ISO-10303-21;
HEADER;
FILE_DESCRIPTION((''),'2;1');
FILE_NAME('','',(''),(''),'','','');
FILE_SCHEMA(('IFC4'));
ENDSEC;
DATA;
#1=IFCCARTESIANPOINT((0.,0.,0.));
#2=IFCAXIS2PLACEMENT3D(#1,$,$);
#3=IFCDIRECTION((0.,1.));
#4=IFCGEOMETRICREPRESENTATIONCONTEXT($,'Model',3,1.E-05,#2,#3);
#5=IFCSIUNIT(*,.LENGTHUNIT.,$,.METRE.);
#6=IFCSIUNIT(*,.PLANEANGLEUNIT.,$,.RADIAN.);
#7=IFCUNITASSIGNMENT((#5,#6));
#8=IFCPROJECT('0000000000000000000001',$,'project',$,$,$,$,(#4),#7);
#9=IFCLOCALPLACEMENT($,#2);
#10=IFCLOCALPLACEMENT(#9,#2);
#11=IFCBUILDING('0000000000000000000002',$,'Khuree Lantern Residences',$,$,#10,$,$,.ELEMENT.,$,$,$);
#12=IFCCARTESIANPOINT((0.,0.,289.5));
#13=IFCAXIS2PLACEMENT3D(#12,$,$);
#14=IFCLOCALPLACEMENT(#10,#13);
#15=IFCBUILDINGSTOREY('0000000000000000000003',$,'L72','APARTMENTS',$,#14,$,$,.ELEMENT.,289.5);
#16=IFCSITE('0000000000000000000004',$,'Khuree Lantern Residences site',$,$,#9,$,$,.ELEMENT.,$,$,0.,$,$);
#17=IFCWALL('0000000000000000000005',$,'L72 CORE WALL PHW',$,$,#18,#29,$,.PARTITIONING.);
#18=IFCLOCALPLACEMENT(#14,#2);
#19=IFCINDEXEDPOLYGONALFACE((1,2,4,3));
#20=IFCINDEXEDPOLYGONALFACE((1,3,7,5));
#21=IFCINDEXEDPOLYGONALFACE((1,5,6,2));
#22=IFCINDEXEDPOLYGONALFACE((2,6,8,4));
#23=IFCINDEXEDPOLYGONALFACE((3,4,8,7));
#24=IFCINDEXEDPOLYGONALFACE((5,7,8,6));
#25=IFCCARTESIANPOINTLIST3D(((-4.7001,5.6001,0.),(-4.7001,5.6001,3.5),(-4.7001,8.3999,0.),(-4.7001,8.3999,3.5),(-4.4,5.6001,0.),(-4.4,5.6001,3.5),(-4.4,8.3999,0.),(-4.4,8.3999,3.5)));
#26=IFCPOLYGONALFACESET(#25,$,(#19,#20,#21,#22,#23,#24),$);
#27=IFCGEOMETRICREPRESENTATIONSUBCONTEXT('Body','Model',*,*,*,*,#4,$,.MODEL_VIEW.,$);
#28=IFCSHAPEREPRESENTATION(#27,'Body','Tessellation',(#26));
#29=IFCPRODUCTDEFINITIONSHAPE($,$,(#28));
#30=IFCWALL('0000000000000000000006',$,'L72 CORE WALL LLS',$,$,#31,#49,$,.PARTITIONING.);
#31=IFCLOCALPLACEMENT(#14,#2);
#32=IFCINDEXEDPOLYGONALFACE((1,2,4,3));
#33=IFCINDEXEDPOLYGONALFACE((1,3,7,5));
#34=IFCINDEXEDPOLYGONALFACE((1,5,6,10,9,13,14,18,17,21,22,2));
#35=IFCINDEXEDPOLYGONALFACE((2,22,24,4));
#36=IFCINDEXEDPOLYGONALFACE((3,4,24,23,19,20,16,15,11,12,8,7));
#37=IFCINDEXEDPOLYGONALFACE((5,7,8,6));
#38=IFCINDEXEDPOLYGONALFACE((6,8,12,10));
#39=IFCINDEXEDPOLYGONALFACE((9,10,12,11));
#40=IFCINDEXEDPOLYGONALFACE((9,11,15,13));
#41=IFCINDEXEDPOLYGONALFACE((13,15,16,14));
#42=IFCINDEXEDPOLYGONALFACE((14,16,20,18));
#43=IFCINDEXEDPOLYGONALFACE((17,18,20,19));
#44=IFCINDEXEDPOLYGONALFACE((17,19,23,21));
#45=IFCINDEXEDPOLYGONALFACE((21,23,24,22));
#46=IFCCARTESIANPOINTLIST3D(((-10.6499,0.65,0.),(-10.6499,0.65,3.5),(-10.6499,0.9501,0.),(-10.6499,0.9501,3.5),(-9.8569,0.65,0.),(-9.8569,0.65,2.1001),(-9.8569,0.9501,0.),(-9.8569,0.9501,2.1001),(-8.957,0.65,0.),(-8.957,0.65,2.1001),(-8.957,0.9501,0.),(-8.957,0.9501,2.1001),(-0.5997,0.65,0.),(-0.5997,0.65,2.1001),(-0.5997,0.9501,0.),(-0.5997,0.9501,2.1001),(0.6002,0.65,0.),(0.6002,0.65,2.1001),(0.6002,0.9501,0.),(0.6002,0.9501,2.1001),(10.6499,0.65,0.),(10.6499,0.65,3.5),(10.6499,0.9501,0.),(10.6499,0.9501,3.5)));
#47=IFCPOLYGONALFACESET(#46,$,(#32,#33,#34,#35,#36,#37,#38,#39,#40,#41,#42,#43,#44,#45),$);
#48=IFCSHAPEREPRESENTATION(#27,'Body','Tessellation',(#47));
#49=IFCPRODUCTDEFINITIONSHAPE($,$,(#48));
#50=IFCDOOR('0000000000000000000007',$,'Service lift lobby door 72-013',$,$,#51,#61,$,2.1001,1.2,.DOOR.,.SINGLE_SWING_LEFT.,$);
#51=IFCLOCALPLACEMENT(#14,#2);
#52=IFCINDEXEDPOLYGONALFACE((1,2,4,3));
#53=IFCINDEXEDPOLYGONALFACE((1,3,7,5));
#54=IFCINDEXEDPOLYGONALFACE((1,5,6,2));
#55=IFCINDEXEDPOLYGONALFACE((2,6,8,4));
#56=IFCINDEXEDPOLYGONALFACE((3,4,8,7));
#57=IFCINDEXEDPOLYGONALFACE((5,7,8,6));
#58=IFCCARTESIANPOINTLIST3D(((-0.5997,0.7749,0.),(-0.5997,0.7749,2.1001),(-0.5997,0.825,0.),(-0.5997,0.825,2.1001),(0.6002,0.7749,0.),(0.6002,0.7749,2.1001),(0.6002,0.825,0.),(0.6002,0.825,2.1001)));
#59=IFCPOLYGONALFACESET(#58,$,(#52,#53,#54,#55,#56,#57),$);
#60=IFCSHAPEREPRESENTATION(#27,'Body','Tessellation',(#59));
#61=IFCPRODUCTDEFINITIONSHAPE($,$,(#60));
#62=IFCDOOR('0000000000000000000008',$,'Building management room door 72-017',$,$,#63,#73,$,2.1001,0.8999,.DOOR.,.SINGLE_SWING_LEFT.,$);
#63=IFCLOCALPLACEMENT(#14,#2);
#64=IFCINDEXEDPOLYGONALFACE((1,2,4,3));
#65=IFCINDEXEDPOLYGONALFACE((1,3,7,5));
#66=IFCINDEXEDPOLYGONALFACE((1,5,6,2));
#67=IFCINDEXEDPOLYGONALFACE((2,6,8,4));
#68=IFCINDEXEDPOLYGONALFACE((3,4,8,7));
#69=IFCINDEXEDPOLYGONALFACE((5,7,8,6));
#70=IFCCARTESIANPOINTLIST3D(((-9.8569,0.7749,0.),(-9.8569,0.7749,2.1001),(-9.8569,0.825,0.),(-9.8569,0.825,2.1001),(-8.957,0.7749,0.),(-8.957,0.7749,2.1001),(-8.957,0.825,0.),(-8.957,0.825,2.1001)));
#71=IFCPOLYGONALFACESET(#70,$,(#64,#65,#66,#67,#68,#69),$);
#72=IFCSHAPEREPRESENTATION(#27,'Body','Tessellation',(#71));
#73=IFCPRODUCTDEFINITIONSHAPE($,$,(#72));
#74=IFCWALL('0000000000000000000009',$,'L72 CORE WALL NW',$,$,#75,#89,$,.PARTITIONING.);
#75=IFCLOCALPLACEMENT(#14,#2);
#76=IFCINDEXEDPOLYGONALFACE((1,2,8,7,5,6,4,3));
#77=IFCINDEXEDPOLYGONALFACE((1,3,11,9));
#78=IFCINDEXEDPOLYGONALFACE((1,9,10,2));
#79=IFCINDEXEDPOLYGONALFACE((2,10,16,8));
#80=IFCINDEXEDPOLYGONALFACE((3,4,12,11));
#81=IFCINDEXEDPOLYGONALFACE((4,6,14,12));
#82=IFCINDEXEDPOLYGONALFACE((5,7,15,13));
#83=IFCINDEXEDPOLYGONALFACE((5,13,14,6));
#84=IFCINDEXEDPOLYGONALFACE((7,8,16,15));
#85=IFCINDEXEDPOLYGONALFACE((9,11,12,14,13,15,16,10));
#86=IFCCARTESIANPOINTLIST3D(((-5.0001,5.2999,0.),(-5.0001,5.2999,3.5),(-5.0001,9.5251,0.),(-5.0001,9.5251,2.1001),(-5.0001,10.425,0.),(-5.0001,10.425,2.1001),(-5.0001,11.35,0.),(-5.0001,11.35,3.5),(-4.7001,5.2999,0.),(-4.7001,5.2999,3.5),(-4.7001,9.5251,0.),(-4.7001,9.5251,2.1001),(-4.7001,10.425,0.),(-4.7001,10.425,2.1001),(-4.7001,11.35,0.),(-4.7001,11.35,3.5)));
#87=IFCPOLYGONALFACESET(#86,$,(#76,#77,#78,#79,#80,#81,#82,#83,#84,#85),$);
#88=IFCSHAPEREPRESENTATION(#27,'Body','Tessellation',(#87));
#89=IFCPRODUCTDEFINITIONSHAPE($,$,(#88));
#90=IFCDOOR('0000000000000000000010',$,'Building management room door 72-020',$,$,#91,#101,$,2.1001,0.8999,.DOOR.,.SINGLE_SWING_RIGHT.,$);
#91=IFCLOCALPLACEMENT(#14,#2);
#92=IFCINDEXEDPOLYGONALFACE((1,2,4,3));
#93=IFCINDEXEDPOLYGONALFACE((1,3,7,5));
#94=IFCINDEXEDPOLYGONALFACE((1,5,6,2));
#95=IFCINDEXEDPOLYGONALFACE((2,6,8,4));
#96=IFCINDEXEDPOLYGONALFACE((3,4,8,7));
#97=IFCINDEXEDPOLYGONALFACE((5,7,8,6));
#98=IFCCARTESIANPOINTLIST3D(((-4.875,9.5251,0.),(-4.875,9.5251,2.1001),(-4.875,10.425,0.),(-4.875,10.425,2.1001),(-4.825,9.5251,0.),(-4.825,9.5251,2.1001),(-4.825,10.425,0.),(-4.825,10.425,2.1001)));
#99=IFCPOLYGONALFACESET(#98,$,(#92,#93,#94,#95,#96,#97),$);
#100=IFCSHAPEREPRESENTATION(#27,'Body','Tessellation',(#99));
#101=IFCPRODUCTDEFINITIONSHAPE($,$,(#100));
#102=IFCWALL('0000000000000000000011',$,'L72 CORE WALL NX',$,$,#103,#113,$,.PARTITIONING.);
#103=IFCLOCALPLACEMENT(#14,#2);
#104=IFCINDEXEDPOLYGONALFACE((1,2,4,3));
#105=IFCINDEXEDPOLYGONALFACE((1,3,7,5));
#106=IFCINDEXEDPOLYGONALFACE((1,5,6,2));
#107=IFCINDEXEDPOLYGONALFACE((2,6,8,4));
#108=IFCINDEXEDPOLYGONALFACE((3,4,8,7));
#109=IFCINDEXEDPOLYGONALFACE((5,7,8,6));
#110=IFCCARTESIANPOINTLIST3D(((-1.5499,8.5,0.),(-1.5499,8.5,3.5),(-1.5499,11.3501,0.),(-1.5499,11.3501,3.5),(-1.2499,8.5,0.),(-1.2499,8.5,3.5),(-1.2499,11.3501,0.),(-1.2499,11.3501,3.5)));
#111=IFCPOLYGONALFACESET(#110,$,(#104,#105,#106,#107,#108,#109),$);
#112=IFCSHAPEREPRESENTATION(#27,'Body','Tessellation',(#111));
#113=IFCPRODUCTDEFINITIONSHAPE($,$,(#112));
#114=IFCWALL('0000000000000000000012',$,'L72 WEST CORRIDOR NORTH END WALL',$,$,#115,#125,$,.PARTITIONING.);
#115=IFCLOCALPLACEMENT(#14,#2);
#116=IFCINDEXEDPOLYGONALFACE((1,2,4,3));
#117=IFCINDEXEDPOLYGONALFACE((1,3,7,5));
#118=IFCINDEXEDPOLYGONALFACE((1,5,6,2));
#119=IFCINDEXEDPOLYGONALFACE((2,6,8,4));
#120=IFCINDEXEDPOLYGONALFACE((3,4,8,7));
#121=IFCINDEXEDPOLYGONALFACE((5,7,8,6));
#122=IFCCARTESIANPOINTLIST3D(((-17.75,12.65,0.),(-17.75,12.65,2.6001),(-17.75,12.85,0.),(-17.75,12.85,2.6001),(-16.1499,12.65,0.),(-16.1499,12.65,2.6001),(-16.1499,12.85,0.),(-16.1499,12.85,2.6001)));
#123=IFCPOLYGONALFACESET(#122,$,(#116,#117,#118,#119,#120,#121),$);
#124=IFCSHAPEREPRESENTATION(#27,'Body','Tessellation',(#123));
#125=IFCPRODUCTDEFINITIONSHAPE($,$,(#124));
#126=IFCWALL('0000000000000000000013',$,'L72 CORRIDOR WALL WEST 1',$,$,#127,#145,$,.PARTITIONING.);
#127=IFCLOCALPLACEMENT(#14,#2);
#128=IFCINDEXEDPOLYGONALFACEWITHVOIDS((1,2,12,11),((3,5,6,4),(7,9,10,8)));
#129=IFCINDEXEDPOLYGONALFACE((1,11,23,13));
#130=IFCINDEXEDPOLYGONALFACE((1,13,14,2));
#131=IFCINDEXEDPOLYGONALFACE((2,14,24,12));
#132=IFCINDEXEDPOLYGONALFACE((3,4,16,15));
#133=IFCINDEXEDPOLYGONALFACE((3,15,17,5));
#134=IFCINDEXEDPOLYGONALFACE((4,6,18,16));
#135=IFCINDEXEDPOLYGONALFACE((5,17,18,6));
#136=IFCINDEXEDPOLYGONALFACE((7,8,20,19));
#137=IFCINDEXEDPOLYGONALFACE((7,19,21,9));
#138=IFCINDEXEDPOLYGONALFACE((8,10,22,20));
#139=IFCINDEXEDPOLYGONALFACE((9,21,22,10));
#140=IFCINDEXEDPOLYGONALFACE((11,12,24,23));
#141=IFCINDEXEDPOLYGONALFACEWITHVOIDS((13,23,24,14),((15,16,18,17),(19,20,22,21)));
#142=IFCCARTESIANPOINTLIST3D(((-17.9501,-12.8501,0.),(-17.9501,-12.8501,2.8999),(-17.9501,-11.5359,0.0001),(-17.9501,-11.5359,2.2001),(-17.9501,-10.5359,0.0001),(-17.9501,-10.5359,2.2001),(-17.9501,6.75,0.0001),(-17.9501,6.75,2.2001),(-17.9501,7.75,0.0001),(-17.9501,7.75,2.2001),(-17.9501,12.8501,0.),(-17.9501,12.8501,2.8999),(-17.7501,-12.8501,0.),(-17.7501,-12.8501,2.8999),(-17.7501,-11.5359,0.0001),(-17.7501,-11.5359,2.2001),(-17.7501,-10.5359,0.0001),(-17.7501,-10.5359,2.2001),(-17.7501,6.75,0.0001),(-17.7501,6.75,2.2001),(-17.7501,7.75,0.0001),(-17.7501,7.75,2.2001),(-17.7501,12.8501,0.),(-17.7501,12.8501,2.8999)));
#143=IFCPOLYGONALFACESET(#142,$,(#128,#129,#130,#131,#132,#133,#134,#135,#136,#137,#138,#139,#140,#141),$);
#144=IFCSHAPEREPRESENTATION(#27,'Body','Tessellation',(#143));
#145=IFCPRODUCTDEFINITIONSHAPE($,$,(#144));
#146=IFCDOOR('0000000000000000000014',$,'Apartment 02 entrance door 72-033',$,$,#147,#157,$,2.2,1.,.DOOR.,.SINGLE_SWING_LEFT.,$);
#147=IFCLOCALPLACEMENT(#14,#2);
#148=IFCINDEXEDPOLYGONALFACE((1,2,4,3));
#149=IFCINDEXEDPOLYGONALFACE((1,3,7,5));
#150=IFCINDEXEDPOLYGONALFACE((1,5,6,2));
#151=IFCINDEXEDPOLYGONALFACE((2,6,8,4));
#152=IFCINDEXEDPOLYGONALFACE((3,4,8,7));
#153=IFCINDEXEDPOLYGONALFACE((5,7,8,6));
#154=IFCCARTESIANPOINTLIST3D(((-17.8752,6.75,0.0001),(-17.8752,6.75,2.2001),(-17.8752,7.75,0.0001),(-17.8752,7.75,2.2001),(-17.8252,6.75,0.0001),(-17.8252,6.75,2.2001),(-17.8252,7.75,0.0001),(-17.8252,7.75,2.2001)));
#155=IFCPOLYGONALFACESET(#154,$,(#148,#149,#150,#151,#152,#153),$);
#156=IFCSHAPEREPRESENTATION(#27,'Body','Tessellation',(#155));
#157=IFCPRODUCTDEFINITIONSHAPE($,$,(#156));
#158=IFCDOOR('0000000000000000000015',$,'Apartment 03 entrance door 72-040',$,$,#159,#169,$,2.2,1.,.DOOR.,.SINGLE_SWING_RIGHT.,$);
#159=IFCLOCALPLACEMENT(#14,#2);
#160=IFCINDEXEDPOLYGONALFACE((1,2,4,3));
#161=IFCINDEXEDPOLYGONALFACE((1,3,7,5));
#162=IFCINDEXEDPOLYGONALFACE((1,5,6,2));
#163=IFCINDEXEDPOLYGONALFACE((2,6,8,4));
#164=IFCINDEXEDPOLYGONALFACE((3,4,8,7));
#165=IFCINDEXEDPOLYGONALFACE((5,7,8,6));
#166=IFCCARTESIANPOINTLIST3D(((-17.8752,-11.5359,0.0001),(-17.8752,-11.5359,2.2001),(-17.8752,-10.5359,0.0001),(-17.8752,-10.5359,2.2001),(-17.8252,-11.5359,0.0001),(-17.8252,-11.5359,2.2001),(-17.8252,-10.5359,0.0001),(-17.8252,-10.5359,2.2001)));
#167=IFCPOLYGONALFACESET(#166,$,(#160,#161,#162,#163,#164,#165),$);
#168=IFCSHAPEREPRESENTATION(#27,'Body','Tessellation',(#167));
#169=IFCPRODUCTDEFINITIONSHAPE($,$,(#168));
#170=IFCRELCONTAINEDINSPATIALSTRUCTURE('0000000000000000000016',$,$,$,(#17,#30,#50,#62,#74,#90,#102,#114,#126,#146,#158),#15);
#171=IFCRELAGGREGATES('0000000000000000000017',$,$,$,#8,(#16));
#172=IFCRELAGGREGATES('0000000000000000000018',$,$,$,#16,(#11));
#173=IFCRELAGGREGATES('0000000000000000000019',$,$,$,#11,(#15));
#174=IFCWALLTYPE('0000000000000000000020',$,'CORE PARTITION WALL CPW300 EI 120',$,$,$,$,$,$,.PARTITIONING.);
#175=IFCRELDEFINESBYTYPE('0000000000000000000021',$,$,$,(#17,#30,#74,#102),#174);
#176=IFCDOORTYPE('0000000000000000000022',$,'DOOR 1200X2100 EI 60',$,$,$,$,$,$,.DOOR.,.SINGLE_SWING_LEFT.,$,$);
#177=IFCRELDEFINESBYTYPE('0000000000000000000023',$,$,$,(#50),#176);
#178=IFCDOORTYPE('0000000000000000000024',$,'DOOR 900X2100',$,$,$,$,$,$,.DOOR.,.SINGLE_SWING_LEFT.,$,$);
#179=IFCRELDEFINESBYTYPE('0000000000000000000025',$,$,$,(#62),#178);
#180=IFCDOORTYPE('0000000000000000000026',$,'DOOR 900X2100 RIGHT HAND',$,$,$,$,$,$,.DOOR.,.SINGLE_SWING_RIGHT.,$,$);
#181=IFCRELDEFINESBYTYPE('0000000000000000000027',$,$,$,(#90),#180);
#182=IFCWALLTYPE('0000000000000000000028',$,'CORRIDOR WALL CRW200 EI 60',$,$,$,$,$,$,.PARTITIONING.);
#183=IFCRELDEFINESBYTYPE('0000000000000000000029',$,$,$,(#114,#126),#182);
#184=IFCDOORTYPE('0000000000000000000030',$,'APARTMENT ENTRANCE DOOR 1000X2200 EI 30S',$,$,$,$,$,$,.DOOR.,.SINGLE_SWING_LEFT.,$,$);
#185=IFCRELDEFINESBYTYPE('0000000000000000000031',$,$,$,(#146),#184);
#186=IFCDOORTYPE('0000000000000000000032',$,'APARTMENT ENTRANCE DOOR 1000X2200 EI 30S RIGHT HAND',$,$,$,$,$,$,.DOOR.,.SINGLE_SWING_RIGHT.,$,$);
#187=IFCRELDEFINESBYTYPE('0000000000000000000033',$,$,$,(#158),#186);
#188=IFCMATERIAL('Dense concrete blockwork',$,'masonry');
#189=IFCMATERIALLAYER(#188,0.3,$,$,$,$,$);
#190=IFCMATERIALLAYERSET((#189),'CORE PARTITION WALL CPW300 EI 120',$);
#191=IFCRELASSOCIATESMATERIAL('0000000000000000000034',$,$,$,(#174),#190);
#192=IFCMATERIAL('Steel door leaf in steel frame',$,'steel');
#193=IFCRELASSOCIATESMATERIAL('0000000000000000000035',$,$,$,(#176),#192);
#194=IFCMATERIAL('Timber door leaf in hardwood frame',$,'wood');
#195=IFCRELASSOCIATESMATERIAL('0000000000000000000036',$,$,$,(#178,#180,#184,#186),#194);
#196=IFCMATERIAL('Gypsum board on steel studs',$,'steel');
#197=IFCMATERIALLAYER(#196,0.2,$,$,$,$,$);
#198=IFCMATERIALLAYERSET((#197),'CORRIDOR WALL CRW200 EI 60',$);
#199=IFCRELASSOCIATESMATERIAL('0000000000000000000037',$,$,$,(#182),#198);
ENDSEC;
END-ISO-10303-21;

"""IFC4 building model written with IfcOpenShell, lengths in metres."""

from ifc_helpers import new_model, si_unit, direction, frame, frame_2d, origin, place, context, subcontext, project, spatial, rectangle, extrude, material, layer, layer_set, type_object, element, fill, save


model = new_model("IFC4")

# Units and contexts
model_context = context("Model", 3, precision=1e-05, world=origin(), true_north=direction((0.0, 1.0)))
body_context = subcontext(model_context, "Body", "Model", "MODEL_VIEW")
ifc_project = project(units=[si_unit("LENGTHUNIT", "METRE"), si_unit("PLANEANGLEUNIT", "RADIAN")], contexts=[model_context])

# Site, building, storey
site_placement = place(None, origin())
site = spatial("IfcSite", under=ifc_project, at=site_placement, Name="Khuree Lantern Residences site", CompositionType="ELEMENT", RefElevation=0.0)
building_placement = place(site_placement, origin())
building = spatial("IfcBuilding", under=site, at=building_placement, Name="Khuree Lantern Residences", CompositionType="ELEMENT")
storey_placement = place(building_placement, frame((0.0, 0.0, 289.5)))
storey = spatial("IfcBuildingStorey", under=building, at=storey_placement, Name="L72", Description="APARTMENTS", CompositionType="ELEMENT", Elevation=289.5)

# Shared definitions
ifc_material_1 = material(Name="Dense concrete blockwork", Category="masonry")
ifc_layer_1 = layer(ifc_material_1, 0.3)
ifc_layer_set_1 = layer_set([ifc_layer_1], Name="CORE PARTITION WALL CPW300 EI 120")
wall_type_1 = type_object("IfcWallType", Name="CORE PARTITION WALL CPW300 EI 120", PredefinedType="PARTITIONING", material=ifc_layer_set_1)

# Wall
wall_1_placement = place(storey_placement, frame((-4.55, 5.6001, 0.0), z_axis=(0.0, 0.0, 1.0), x_axis=(0.0, 1.0, 0.0)))
element("IfcWall", 1, at=wall_1_placement, inside=storey, type_object=wall_type_1, Name="L72 CORE WALL PHW", PredefinedType="PARTITIONING", context=body_context, shape_type="SweptSolid", body=[
    extrude(rectangle(XDim=2.7998, YDim=0.3, at=frame_2d((1.3999, 0.0))), origin(), (0.0, 0.0, 1.0), 3.5),
])

# Wall, openings, doors
wall_2_placement = place(storey_placement, frame((-10.6499, 0.8, 0.0), z_axis=(0.0, 0.0, 1.0), x_axis=(1.0, 0.0, 0.0)))
wall_2 = element("IfcWall", 2, at=wall_2_placement, inside=storey, type_object=wall_type_1, Name="L72 CORE WALL LLS", PredefinedType="PARTITIONING", context=body_context, shape_type="SweptSolid", body=[
    extrude(rectangle(XDim=21.2998, YDim=0.3, at=frame_2d((10.6499, 0.0))), origin(), (0.0, 0.0, 1.0), 3.5),
])
opening_1_placement = place(wall_2_placement, frame((10.05, 0.0, 0.0)))
opening_1 = element("IfcOpeningElement", 3, at=opening_1_placement, cuts=wall_2, PredefinedType="OPENING", context=body_context, shape_type="SweptSolid", body=[
    extrude(rectangle(XDim=1.2, YDim=2.1001, at=frame_2d((0.6001, 1.05))), frame((0.0, 0.1602, 0.0), z_axis=(0.0, -1.0, 0.0), x_axis=(1.0, 0.0, 0.0)), (0.0, 0.0, 1.0), 0.3201),
])
opening_2_placement = place(wall_2_placement, frame((0.793, 0.0, 0.0)))
opening_2 = element("IfcOpeningElement", 4, at=opening_2_placement, cuts=wall_2, PredefinedType="OPENING", context=body_context, shape_type="SweptSolid", body=[
    extrude(rectangle(XDim=0.8999, YDim=2.1001, at=frame_2d((0.45, 1.05))), frame((0.0, 0.1602, 0.0), z_axis=(0.0, -1.0, 0.0), x_axis=(1.0, 0.0, 0.0)), (0.0, 0.0, 1.0), 0.3201),
])
ifc_material_2 = material(Name="Steel door leaf in steel frame", Category="steel")
door_type_1 = type_object("IfcDoorType", Name="DOOR 1200X2100 EI 60", OperationType="SINGLE_SWING_LEFT", PredefinedType="DOOR", material=ifc_material_2)
door_1_placement = place(opening_1_placement, origin())
door_1 = element("IfcDoor", 5, at=door_1_placement, inside=storey, type_object=door_type_1, Name="Service lift lobby door 72-013", OperationType="SINGLE_SWING_LEFT", OverallHeight=2.1001, OverallWidth=1.2, PredefinedType="DOOR", context=body_context, shape_type="SweptSolid", body=[
    extrude(rectangle(XDim=1.2, YDim=2.1001, at=frame_2d((0.6001, 1.05))), frame((0.0, 0.0249, 0.0), z_axis=(0.0, -1.0, 0.0), x_axis=(1.0, 0.0, 0.0)), (0.0, 0.0, 1.0), 0.05),
])
fill(opening_1, door_1)
ifc_material_3 = material(Name="Timber door leaf in hardwood frame", Category="wood")
door_type_2 = type_object("IfcDoorType", Name="DOOR 900X2100", OperationType="SINGLE_SWING_LEFT", PredefinedType="DOOR", material=ifc_material_3)
door_2_placement = place(opening_2_placement, origin())
door_2 = element("IfcDoor", 6, at=door_2_placement, inside=storey, type_object=door_type_2, Name="Building management room door 72-017", OperationType="SINGLE_SWING_LEFT", OverallHeight=2.1001, OverallWidth=0.8999, PredefinedType="DOOR", context=body_context, shape_type="SweptSolid", body=[
    extrude(rectangle(XDim=0.8999, YDim=2.1001, at=frame_2d((0.45, 1.05))), frame((0.0, 0.0249, 0.0), z_axis=(0.0, -1.0, 0.0), x_axis=(1.0, 0.0, 0.0)), (0.0, 0.0, 1.0), 0.05),
])
fill(opening_2, door_2)

# Wall, opening, door
wall_3_placement = place(storey_placement, frame((-4.8501, 5.3, 0.0), z_axis=(0.0, 0.0, 1.0), x_axis=(0.0, 1.0, 0.0)))
wall_3 = element("IfcWall", 7, at=wall_3_placement, inside=storey, type_object=wall_type_1, Name="L72 CORE WALL NW", PredefinedType="PARTITIONING", context=body_context, shape_type="SweptSolid", body=[
    extrude(rectangle(XDim=6.05, YDim=0.3, at=frame_2d((3.0249, 0.0))), origin(), (0.0, 0.0, 1.0), 3.5),
])
opening_3_placement = place(wall_3_placement, frame((4.2251, 0.0, 0.0)))
opening_3 = element("IfcOpeningElement", 8, at=opening_3_placement, cuts=wall_3, PredefinedType="OPENING", context=body_context, shape_type="SweptSolid", body=[
    extrude(rectangle(XDim=0.8999, YDim=2.1001, at=frame_2d((0.45, 1.05))), frame((0.0, 0.1602, 0.0), z_axis=(0.0, -1.0, 0.0), x_axis=(1.0, 0.0, 0.0)), (0.0, 0.0, 1.0), 0.3201),
])
door_type_3 = type_object("IfcDoorType", Name="DOOR 900X2100 RIGHT HAND", OperationType="SINGLE_SWING_RIGHT", PredefinedType="DOOR", material=ifc_material_3)
door_3_placement = place(opening_3_placement, origin())
door_3 = element("IfcDoor", 9, at=door_3_placement, inside=storey, type_object=door_type_3, Name="Building management room door 72-020", OperationType="SINGLE_SWING_RIGHT", OverallHeight=2.1001, OverallWidth=0.8999, PredefinedType="DOOR", context=body_context, shape_type="SweptSolid", body=[
    extrude(rectangle(XDim=0.8999, YDim=2.1001, at=frame_2d((0.45, 1.05))), frame((0.0, 0.0249, 0.0), z_axis=(0.0, -1.0, 0.0), x_axis=(1.0, 0.0, 0.0)), (0.0, 0.0, 1.0), 0.05),
])
fill(opening_3, door_3)

# Walls
wall_4_placement = place(storey_placement, frame((-1.3999, 8.5, 0.0), z_axis=(0.0, 0.0, 1.0), x_axis=(0.0, 1.0, 0.0)))
element("IfcWall", 10, at=wall_4_placement, inside=storey, type_object=wall_type_1, Name="L72 CORE WALL NX", PredefinedType="PARTITIONING", context=body_context, shape_type="SweptSolid", body=[
    extrude(rectangle(XDim=2.8501, YDim=0.3, at=frame_2d((1.425, 0.0))), origin(), (0.0, 0.0, 1.0), 3.5),
])
ifc_material_4 = material(Name="Gypsum board on steel studs", Category="steel")
ifc_layer_2 = layer(ifc_material_4, 0.2)
ifc_layer_set_2 = layer_set([ifc_layer_2], Name="CORRIDOR WALL CRW200 EI 60")
wall_type_2 = type_object("IfcWallType", Name="CORRIDOR WALL CRW200 EI 60", PredefinedType="PARTITIONING", material=ifc_layer_set_2)
wall_5_placement = place(storey_placement, frame((-16.1499, 12.75, 0.0), z_axis=(0.0, 0.0, 1.0), x_axis=(-1.0, 0.0, 0.0)))
element("IfcWall", 11, at=wall_5_placement, inside=storey, type_object=wall_type_2, Name="L72 WEST CORRIDOR NORTH END WALL", PredefinedType="PARTITIONING", context=body_context, shape_type="SweptSolid", body=[
    extrude(rectangle(XDim=1.6001, YDim=0.2, at=frame_2d((0.8, 0.0))), origin(), (0.0, 0.0, 1.0), 2.6001),
])

# Wall, openings, doors
wall_6_placement = place(storey_placement, frame((-17.8501, 12.8501, 0.0), z_axis=(0.0, 0.0, 1.0), x_axis=(0.0, -1.0, 0.0)))
wall_6 = element("IfcWall", 12, at=wall_6_placement, inside=storey, type_object=wall_type_2, Name="L72 CORRIDOR WALL WEST 1", PredefinedType="PARTITIONING", context=body_context, shape_type="SweptSolid", body=[
    extrude(rectangle(XDim=25.7002, YDim=0.2, at=frame_2d((12.8501, 0.0))), origin(), (0.0, 0.0, 1.0), 2.8999),
])
opening_4_placement = place(wall_6_placement, frame((5.1001, 0.0, 0.0)))
opening_4 = element("IfcOpeningElement", 13, at=opening_4_placement, cuts=wall_6, PredefinedType="OPENING", context=body_context, shape_type="SweptSolid", body=[
    extrude(rectangle(XDim=1.0, YDim=2.2, at=frame_2d((0.5, 1.1001))), frame((0.0, 0.1099, 0.0), z_axis=(0.0, -1.0, 0.0), x_axis=(1.0, 0.0, 0.0)), (0.0, 0.0, 1.0), 0.22),
])
opening_5_placement = place(wall_6_placement, frame((23.386, 0.0, 0.0)))
opening_5 = element("IfcOpeningElement", 14, at=opening_5_placement, cuts=wall_6, PredefinedType="OPENING", context=body_context, shape_type="SweptSolid", body=[
    extrude(rectangle(XDim=1.0, YDim=2.2, at=frame_2d((0.5, 1.1001))), frame((0.0, 0.1099, 0.0), z_axis=(0.0, -1.0, 0.0), x_axis=(1.0, 0.0, 0.0)), (0.0, 0.0, 1.0), 0.22),
])
door_type_4 = type_object("IfcDoorType", Name="APARTMENT ENTRANCE DOOR 1000X2200 EI 30S", OperationType="SINGLE_SWING_LEFT", PredefinedType="DOOR", material=ifc_material_3)
door_4_placement = place(opening_4_placement, origin())
door_4 = element("IfcDoor", 15, at=door_4_placement, inside=storey, type_object=door_type_4, Name="Apartment 02 entrance door 72-033", OperationType="SINGLE_SWING_LEFT", OverallHeight=2.2, OverallWidth=1.0, PredefinedType="DOOR", context=body_context, shape_type="SweptSolid", body=[
    extrude(rectangle(XDim=1.0, YDim=2.2, at=frame_2d((0.5, 1.1001))), frame((0.0, 0.0249, 0.0), z_axis=(0.0, -1.0, 0.0), x_axis=(1.0, 0.0, 0.0)), (0.0, 0.0, 1.0), 0.05),
])
fill(opening_4, door_4)
door_type_5 = type_object("IfcDoorType", Name="APARTMENT ENTRANCE DOOR 1000X2200 EI 30S RIGHT HAND", OperationType="SINGLE_SWING_RIGHT", PredefinedType="DOOR", material=ifc_material_3)
door_5_placement = place(opening_5_placement, origin())
door_5 = element("IfcDoor", 16, at=door_5_placement, inside=storey, type_object=door_type_5, Name="Apartment 03 entrance door 72-040", OperationType="SINGLE_SWING_RIGHT", OverallHeight=2.2, OverallWidth=1.0, PredefinedType="DOOR", context=body_context, shape_type="SweptSolid", body=[
    extrude(rectangle(XDim=1.0, YDim=2.2, at=frame_2d((0.5, 1.1001))), frame((0.0, 0.0249, 0.0), z_axis=(0.0, -1.0, 0.0), x_axis=(1.0, 0.0, 0.0)), (0.0, 0.0, 1.0), 0.05),
])
fill(opening_5, door_5)

save(model, "model.ifc")
